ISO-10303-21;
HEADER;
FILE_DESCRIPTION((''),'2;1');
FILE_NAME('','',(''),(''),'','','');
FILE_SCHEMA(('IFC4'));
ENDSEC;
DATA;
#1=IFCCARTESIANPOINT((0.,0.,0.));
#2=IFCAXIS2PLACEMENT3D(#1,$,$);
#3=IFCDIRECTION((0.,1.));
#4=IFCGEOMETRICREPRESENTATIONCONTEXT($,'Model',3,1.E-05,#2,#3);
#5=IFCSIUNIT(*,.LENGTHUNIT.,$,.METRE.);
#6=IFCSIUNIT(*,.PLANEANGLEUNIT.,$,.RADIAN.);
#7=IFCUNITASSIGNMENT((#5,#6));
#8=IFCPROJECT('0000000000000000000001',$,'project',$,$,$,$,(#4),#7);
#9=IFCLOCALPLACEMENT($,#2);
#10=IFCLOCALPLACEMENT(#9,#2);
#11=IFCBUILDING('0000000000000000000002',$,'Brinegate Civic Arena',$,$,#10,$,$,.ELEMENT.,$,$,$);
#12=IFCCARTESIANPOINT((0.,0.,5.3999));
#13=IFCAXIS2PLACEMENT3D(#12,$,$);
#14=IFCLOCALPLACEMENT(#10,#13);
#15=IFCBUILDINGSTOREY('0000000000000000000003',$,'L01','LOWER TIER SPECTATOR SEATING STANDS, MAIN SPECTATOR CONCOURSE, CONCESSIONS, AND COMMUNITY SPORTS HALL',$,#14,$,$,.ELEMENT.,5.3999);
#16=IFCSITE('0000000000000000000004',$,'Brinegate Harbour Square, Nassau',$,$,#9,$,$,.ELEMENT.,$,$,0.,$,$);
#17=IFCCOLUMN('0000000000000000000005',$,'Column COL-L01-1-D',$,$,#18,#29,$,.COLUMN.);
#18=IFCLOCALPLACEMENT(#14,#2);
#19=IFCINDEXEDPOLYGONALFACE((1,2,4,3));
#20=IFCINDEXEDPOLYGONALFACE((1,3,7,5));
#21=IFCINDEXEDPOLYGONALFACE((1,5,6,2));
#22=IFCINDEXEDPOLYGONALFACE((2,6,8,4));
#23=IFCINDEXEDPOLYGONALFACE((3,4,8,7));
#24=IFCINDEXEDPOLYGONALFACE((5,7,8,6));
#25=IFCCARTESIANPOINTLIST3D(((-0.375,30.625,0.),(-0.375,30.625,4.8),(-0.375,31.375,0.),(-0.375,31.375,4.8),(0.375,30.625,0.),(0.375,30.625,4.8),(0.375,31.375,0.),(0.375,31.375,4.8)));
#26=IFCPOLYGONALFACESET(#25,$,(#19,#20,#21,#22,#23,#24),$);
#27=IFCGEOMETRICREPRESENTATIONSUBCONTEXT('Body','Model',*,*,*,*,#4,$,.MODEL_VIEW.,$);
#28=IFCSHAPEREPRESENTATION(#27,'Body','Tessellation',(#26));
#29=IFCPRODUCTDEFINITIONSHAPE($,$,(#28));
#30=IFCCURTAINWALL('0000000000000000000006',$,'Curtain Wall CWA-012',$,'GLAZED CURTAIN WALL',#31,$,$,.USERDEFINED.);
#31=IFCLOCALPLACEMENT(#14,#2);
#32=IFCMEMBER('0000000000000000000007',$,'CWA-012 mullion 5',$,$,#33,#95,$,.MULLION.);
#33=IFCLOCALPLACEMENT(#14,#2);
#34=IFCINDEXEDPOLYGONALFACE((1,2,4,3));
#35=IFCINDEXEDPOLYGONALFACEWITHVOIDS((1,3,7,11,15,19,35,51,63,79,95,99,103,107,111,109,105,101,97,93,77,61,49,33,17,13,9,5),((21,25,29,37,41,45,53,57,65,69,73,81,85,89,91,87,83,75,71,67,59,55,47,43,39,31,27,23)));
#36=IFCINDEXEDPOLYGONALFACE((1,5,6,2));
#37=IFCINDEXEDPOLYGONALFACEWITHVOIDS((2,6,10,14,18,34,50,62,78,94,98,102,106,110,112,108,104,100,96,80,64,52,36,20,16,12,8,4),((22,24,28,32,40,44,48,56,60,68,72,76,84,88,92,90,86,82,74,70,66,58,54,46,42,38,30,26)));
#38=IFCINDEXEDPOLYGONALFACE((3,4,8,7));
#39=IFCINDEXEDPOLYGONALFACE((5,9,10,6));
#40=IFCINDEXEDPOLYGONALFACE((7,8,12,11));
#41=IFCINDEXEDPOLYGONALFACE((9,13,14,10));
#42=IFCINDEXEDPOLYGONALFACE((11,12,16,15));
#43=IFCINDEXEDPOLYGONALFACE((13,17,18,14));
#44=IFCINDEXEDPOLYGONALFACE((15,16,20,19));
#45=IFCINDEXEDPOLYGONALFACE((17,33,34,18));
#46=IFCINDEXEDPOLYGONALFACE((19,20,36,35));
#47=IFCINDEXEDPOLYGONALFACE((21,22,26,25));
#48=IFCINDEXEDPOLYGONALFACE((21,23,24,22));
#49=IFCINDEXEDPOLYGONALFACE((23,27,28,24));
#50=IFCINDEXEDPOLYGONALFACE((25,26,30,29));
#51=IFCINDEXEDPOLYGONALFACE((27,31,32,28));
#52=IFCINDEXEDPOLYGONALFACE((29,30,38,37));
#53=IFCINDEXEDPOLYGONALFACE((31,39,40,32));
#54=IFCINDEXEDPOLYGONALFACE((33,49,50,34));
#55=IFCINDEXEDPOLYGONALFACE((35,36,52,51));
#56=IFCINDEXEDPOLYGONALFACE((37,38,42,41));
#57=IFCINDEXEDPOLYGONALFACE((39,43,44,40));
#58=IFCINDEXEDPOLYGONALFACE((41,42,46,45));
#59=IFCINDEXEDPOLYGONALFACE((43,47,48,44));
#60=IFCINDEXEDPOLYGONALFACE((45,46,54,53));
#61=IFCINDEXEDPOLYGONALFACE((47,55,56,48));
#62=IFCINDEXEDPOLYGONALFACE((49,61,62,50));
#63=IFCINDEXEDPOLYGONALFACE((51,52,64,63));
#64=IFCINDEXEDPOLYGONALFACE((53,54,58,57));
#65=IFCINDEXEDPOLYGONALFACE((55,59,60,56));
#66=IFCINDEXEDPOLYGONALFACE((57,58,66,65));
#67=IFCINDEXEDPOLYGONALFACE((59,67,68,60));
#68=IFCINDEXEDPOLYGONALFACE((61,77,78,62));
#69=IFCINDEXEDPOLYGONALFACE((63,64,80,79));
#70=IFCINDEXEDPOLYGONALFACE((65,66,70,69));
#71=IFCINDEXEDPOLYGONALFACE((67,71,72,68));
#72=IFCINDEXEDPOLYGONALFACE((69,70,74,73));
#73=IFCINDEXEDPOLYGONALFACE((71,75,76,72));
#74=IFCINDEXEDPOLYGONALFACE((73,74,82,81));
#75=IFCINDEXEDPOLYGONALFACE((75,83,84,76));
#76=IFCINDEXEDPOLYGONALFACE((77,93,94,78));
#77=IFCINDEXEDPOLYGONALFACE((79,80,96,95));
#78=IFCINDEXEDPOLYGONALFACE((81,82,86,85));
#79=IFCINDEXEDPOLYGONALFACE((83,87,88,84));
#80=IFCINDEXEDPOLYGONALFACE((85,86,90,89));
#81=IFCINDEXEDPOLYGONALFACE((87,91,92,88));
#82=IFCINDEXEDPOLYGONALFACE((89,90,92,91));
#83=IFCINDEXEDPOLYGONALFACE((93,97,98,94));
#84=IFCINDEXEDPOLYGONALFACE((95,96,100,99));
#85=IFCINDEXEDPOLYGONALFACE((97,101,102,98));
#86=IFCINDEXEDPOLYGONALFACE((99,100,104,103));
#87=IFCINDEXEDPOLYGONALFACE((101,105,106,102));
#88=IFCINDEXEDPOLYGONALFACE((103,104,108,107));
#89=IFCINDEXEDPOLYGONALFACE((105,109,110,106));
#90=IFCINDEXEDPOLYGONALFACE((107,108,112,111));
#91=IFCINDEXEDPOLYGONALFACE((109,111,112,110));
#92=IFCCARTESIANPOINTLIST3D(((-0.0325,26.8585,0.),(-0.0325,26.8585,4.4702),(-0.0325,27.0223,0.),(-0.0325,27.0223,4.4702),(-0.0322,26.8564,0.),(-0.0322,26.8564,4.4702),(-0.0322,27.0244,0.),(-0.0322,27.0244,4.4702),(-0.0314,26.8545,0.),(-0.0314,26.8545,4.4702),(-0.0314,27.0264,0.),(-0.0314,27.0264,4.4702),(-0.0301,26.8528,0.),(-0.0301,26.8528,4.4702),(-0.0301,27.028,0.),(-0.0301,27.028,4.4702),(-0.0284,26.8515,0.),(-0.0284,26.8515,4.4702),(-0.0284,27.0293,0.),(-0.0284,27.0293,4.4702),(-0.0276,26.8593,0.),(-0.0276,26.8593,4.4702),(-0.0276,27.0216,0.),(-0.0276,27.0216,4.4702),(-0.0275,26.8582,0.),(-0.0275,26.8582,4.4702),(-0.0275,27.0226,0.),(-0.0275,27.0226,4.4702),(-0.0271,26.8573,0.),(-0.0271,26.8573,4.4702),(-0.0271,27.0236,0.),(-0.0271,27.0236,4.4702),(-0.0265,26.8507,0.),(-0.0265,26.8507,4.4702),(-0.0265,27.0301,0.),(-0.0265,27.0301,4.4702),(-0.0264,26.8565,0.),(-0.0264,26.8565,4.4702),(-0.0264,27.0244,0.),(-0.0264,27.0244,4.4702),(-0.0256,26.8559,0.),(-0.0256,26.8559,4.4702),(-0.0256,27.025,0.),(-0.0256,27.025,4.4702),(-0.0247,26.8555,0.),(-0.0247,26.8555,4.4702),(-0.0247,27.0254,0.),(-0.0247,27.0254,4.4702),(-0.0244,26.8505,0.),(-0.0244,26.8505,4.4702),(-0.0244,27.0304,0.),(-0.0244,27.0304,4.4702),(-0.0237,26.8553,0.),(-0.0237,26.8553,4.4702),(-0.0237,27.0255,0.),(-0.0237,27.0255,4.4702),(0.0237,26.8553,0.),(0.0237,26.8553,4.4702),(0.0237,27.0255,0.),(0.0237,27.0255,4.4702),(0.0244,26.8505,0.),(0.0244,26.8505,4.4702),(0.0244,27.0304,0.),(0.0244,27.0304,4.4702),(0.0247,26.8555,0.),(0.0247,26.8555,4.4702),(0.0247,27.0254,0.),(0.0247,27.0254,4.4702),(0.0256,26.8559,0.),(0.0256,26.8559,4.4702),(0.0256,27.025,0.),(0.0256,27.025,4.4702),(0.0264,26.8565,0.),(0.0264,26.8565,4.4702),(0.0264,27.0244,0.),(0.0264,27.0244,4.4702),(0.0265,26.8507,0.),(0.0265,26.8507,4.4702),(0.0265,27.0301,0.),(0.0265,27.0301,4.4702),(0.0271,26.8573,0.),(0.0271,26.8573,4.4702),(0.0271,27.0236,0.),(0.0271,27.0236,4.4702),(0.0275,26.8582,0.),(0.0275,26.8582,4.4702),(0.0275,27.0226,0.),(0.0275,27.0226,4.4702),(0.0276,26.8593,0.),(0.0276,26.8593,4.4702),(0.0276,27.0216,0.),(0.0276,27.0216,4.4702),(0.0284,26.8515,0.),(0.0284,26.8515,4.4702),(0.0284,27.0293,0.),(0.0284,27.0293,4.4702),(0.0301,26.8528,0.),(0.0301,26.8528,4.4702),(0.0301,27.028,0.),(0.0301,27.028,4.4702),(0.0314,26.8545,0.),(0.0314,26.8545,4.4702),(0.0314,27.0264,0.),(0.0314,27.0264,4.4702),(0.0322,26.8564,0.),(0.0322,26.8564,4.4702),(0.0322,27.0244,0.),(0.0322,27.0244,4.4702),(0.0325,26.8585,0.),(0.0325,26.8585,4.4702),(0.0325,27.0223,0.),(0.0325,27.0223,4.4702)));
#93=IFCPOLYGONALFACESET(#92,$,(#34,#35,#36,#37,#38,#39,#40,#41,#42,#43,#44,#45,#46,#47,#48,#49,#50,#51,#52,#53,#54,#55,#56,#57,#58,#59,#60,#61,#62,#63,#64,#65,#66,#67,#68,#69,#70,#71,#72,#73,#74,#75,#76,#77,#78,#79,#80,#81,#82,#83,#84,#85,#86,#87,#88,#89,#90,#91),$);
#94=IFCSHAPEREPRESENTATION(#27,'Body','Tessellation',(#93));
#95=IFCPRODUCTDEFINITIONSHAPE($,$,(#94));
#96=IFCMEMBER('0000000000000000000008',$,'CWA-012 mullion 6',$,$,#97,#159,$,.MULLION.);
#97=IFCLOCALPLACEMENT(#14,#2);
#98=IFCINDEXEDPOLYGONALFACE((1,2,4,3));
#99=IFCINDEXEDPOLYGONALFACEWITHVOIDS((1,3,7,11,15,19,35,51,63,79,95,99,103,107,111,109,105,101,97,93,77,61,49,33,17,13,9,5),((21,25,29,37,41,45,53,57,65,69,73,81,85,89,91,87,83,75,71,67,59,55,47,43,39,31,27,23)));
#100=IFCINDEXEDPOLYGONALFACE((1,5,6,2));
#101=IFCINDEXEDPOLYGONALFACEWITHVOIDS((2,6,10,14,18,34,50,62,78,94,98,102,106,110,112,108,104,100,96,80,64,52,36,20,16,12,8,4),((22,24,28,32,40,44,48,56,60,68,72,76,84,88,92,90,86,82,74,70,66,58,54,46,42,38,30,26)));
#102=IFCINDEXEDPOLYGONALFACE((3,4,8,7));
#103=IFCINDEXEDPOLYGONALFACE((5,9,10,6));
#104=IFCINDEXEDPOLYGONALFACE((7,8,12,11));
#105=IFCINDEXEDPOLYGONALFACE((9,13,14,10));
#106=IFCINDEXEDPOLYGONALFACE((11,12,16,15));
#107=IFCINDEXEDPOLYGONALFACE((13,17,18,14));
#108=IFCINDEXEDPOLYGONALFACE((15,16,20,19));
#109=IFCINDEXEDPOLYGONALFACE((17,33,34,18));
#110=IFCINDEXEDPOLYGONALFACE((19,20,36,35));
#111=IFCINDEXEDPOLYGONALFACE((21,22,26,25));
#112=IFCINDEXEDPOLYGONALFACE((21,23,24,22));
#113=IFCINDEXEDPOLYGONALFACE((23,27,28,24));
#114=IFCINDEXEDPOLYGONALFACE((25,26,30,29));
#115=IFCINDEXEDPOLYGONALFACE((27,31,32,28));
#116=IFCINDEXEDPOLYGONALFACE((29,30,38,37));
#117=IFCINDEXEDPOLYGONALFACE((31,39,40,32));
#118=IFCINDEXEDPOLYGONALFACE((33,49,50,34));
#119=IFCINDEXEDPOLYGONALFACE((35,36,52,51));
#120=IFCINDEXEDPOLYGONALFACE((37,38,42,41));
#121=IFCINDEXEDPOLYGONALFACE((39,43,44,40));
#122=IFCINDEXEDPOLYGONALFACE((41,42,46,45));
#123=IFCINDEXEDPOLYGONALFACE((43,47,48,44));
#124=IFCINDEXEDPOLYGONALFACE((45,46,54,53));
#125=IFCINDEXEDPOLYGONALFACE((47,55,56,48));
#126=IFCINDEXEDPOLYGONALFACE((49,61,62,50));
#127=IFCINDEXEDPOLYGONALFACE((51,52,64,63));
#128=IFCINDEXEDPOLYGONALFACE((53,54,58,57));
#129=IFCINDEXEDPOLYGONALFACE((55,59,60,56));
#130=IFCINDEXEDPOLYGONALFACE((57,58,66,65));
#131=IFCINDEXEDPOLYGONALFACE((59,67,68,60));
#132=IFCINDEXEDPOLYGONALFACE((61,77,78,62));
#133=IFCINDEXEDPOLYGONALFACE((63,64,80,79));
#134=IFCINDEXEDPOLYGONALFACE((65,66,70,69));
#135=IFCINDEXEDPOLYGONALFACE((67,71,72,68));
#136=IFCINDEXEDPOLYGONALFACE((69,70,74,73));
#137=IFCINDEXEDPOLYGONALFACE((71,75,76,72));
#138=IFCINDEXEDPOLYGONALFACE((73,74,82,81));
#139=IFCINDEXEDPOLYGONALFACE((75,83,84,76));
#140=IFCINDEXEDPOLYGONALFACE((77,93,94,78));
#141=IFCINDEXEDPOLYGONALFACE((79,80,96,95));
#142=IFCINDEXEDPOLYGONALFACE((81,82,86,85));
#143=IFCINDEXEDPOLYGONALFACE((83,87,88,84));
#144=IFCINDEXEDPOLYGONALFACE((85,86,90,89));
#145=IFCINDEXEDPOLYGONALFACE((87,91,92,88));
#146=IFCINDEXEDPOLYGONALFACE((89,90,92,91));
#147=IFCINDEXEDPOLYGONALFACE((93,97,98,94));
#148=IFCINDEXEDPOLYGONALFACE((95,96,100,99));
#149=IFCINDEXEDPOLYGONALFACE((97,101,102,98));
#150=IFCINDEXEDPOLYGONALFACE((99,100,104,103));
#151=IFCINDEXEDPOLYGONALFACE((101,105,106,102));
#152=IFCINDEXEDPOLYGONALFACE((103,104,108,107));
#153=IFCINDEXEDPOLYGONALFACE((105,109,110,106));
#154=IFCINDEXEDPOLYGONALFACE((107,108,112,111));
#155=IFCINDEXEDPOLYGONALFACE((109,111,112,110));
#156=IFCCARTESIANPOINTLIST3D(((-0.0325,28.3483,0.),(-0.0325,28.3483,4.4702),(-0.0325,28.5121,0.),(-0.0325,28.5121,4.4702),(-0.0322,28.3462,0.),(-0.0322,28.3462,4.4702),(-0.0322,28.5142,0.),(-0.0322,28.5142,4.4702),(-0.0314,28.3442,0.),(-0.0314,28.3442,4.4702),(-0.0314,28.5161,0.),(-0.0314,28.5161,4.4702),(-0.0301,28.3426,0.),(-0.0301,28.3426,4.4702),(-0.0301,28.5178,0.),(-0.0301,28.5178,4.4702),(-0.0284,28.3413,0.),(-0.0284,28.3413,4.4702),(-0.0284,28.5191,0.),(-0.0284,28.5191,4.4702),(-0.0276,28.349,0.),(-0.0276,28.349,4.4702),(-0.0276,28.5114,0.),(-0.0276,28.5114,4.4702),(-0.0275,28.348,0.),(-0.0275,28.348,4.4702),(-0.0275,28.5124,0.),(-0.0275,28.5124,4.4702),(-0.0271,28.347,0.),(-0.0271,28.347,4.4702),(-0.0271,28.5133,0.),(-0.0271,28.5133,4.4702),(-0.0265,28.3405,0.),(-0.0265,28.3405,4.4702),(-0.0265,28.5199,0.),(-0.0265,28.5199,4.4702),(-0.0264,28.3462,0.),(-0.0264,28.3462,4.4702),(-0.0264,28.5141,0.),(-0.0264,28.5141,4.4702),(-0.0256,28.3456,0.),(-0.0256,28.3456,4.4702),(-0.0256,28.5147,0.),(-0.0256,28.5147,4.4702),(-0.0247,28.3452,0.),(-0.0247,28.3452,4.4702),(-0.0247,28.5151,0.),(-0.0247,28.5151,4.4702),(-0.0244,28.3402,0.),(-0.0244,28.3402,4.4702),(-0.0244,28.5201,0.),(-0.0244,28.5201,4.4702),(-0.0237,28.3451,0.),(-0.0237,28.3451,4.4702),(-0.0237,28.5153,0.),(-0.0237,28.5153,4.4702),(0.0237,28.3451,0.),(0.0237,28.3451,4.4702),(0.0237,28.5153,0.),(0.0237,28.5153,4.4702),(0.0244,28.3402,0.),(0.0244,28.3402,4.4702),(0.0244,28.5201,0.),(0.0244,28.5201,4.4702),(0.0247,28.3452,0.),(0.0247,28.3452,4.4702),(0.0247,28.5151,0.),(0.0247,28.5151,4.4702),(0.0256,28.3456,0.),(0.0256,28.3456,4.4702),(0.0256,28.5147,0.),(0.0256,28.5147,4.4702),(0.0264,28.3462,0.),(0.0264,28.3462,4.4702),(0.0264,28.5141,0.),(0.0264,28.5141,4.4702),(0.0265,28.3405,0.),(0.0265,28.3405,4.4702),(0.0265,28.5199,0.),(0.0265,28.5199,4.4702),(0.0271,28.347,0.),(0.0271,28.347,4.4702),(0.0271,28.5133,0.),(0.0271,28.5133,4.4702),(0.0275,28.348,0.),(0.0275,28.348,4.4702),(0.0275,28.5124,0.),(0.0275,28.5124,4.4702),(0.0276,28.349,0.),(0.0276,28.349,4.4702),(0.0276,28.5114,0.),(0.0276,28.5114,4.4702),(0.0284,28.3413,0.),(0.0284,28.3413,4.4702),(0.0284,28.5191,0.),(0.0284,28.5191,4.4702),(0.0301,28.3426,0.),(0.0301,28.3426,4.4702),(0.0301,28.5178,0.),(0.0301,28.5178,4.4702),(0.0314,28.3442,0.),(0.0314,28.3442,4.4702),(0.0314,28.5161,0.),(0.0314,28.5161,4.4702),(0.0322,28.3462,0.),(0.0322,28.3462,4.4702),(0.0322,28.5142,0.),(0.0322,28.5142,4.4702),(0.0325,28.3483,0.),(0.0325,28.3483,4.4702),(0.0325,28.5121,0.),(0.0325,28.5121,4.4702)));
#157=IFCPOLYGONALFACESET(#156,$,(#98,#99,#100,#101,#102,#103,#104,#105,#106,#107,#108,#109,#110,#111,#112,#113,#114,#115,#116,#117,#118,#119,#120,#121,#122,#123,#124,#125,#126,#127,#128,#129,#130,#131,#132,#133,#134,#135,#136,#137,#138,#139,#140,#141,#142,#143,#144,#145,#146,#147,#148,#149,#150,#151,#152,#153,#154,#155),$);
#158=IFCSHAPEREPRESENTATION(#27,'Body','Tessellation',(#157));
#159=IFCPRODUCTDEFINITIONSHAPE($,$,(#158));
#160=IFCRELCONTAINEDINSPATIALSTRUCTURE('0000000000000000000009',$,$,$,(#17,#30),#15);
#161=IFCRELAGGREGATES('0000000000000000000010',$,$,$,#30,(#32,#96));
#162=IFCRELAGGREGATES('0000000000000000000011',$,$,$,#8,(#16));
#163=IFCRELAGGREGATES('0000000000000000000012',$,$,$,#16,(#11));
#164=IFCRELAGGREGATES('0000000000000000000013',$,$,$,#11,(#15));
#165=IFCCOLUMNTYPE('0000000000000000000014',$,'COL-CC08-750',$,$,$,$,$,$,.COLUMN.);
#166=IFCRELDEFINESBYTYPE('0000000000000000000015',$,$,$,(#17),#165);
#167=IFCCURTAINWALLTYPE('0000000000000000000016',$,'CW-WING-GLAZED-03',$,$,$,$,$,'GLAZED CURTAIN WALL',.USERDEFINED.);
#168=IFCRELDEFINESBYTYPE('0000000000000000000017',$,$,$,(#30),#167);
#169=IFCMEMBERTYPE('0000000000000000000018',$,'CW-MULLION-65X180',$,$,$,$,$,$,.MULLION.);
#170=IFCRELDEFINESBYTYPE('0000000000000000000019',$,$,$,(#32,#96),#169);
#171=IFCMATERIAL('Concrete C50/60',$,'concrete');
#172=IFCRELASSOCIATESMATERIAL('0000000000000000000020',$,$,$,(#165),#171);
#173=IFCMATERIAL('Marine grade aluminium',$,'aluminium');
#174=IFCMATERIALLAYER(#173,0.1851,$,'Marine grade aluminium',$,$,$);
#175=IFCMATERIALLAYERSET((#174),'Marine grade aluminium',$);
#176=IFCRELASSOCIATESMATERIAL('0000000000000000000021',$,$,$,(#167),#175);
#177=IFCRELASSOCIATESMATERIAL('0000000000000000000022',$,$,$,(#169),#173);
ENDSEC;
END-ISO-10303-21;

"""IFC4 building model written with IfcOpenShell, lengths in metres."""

from ifc_helpers import new_model, si_unit, direction, frame, origin, origin_2d, place, context, subcontext, project, spatial, rectangle, hollow_rectangle, extrude, material, layer, layer_set, material_profile, profile_set, type_object, element, aggregate, save


model = new_model("IFC4")

# Units and contexts
model_context = context("Model", 3, precision=1e-05, world=origin(), true_north=direction((0.0, 1.0)))
body_context = subcontext(model_context, "Body", "Model", "MODEL_VIEW")
ifc_project = project(units=[si_unit("LENGTHUNIT", "METRE"), si_unit("PLANEANGLEUNIT", "RADIAN")], contexts=[model_context])

# Site, building, storey
site_placement = place(None, origin())
site = spatial("IfcSite", under=ifc_project, at=site_placement, Name="Brinegate Harbour Square, Nassau", CompositionType="ELEMENT", RefElevation=0.0)
building_placement = place(site_placement, origin())
building = spatial("IfcBuilding", under=site, at=building_placement, Name="Brinegate Civic Arena", CompositionType="ELEMENT")
storey_placement = place(building_placement, frame((0.0, 0.0, 5.3999)))
storey = spatial("IfcBuildingStorey", under=building, at=storey_placement, Name="L01", Description="LOWER TIER SPECTATOR SEATING STANDS, MAIN SPECTATOR CONCOURSE, CONCESSIONS, AND COMMUNITY SPORTS HALL", CompositionType="ELEMENT", Elevation=5.3999)

# Column
ifc_material_1 = material(Name="Concrete C50/60", Category="concrete")
ifc_material_profile_1 = material_profile(ifc_material_1, rectangle(XDim=0.75, YDim=0.75, at=origin_2d()), Name="RC750X750")
ifc_profile_set_1 = profile_set([ifc_material_profile_1], Name="Concrete C50/60")
column_type = type_object("IfcColumnType", Name="COL-CC08-750", PredefinedType="COLUMN", material=ifc_profile_set_1)
column_placement = place(storey_placement, frame((0.0, 31.0, 0.0), z_axis=(0.0, 0.0, 1.0), x_axis=(1.0, 0.0, 0.0)))
element("IfcColumn", 1, at=column_placement, inside=storey, type_object=column_type, Name="Column COL-L01-1-D", PredefinedType="COLUMN", context=body_context, shape_type="SweptSolid", body=[
    extrude(rectangle(XDim=0.75, YDim=0.75, at=origin_2d()), origin(), (0.0, 0.0, 1.0), 4.8),
])

# Curtain wall, members
ifc_material_2 = material(Name="Marine grade aluminium", Category="aluminium")
ifc_layer_1 = layer(ifc_material_2, 0.1851, Name="Marine grade aluminium")
ifc_layer_set_1 = layer_set([ifc_layer_1], Name="Marine grade aluminium")
curtain_wall_type = type_object("IfcCurtainWallType", Name="CW-WING-GLAZED-03", ElementType="GLAZED CURTAIN WALL", PredefinedType="USERDEFINED", material=ifc_layer_set_1)
curtain_wall_1_placement = place(storey_placement, origin())
curtain_wall_1 = element("IfcCurtainWall", 2, at=curtain_wall_1_placement, inside=storey, type_object=curtain_wall_type, Name="Curtain Wall CWA-012", ObjectType="GLAZED CURTAIN WALL", PredefinedType="USERDEFINED")
ifc_material_profile_2 = material_profile(ifc_material_2, hollow_rectangle(XDim=0.0649, YDim=0.1799, WallThickness=0.0049, InnerFilletRadius=0.0039, OuterFilletRadius=0.0081, at=origin_2d()), Name="MUL65X180")
ifc_profile_set_2 = profile_set([ifc_material_profile_2], Name="Marine grade aluminium")
member_type_1 = type_object("IfcMemberType", Name="CW-MULLION-65X180", PredefinedType="MULLION", material=ifc_profile_set_2)
member_1_placement = place(storey_placement, frame((0.0, 26.9404, 0.0), z_axis=(0.0, 0.0, 1.0), x_axis=(-1.0, 0.0, 0.0)))
member_1 = element("IfcMember", 3, at=member_1_placement, type_object=member_type_1, Name="CWA-012 mullion 5", PredefinedType="MULLION", context=body_context, shape_type="SweptSolid", body=[
    extrude(hollow_rectangle(XDim=0.0649, YDim=0.1799, WallThickness=0.0049, InnerFilletRadius=0.0039, OuterFilletRadius=0.0081, at=origin_2d()), origin(), (0.0, 0.0, 1.0), 4.4702),
])
member_2_placement = place(storey_placement, frame((0.0, 28.4302, 0.0), z_axis=(0.0, 0.0, 1.0), x_axis=(-1.0, 0.0, 0.0)))
member_2 = element("IfcMember", 4, at=member_2_placement, type_object=member_type_1, Name="CWA-012 mullion 6", PredefinedType="MULLION", context=body_context, shape_type="SweptSolid", body=[
    extrude(hollow_rectangle(XDim=0.0649, YDim=0.1799, WallThickness=0.0049, InnerFilletRadius=0.0039, OuterFilletRadius=0.0081, at=origin_2d()), origin(), (0.0, 0.0, 1.0), 4.4702),
])

aggregate(curtain_wall_1, [member_1, member_2])

save(model, "model.ifc")
